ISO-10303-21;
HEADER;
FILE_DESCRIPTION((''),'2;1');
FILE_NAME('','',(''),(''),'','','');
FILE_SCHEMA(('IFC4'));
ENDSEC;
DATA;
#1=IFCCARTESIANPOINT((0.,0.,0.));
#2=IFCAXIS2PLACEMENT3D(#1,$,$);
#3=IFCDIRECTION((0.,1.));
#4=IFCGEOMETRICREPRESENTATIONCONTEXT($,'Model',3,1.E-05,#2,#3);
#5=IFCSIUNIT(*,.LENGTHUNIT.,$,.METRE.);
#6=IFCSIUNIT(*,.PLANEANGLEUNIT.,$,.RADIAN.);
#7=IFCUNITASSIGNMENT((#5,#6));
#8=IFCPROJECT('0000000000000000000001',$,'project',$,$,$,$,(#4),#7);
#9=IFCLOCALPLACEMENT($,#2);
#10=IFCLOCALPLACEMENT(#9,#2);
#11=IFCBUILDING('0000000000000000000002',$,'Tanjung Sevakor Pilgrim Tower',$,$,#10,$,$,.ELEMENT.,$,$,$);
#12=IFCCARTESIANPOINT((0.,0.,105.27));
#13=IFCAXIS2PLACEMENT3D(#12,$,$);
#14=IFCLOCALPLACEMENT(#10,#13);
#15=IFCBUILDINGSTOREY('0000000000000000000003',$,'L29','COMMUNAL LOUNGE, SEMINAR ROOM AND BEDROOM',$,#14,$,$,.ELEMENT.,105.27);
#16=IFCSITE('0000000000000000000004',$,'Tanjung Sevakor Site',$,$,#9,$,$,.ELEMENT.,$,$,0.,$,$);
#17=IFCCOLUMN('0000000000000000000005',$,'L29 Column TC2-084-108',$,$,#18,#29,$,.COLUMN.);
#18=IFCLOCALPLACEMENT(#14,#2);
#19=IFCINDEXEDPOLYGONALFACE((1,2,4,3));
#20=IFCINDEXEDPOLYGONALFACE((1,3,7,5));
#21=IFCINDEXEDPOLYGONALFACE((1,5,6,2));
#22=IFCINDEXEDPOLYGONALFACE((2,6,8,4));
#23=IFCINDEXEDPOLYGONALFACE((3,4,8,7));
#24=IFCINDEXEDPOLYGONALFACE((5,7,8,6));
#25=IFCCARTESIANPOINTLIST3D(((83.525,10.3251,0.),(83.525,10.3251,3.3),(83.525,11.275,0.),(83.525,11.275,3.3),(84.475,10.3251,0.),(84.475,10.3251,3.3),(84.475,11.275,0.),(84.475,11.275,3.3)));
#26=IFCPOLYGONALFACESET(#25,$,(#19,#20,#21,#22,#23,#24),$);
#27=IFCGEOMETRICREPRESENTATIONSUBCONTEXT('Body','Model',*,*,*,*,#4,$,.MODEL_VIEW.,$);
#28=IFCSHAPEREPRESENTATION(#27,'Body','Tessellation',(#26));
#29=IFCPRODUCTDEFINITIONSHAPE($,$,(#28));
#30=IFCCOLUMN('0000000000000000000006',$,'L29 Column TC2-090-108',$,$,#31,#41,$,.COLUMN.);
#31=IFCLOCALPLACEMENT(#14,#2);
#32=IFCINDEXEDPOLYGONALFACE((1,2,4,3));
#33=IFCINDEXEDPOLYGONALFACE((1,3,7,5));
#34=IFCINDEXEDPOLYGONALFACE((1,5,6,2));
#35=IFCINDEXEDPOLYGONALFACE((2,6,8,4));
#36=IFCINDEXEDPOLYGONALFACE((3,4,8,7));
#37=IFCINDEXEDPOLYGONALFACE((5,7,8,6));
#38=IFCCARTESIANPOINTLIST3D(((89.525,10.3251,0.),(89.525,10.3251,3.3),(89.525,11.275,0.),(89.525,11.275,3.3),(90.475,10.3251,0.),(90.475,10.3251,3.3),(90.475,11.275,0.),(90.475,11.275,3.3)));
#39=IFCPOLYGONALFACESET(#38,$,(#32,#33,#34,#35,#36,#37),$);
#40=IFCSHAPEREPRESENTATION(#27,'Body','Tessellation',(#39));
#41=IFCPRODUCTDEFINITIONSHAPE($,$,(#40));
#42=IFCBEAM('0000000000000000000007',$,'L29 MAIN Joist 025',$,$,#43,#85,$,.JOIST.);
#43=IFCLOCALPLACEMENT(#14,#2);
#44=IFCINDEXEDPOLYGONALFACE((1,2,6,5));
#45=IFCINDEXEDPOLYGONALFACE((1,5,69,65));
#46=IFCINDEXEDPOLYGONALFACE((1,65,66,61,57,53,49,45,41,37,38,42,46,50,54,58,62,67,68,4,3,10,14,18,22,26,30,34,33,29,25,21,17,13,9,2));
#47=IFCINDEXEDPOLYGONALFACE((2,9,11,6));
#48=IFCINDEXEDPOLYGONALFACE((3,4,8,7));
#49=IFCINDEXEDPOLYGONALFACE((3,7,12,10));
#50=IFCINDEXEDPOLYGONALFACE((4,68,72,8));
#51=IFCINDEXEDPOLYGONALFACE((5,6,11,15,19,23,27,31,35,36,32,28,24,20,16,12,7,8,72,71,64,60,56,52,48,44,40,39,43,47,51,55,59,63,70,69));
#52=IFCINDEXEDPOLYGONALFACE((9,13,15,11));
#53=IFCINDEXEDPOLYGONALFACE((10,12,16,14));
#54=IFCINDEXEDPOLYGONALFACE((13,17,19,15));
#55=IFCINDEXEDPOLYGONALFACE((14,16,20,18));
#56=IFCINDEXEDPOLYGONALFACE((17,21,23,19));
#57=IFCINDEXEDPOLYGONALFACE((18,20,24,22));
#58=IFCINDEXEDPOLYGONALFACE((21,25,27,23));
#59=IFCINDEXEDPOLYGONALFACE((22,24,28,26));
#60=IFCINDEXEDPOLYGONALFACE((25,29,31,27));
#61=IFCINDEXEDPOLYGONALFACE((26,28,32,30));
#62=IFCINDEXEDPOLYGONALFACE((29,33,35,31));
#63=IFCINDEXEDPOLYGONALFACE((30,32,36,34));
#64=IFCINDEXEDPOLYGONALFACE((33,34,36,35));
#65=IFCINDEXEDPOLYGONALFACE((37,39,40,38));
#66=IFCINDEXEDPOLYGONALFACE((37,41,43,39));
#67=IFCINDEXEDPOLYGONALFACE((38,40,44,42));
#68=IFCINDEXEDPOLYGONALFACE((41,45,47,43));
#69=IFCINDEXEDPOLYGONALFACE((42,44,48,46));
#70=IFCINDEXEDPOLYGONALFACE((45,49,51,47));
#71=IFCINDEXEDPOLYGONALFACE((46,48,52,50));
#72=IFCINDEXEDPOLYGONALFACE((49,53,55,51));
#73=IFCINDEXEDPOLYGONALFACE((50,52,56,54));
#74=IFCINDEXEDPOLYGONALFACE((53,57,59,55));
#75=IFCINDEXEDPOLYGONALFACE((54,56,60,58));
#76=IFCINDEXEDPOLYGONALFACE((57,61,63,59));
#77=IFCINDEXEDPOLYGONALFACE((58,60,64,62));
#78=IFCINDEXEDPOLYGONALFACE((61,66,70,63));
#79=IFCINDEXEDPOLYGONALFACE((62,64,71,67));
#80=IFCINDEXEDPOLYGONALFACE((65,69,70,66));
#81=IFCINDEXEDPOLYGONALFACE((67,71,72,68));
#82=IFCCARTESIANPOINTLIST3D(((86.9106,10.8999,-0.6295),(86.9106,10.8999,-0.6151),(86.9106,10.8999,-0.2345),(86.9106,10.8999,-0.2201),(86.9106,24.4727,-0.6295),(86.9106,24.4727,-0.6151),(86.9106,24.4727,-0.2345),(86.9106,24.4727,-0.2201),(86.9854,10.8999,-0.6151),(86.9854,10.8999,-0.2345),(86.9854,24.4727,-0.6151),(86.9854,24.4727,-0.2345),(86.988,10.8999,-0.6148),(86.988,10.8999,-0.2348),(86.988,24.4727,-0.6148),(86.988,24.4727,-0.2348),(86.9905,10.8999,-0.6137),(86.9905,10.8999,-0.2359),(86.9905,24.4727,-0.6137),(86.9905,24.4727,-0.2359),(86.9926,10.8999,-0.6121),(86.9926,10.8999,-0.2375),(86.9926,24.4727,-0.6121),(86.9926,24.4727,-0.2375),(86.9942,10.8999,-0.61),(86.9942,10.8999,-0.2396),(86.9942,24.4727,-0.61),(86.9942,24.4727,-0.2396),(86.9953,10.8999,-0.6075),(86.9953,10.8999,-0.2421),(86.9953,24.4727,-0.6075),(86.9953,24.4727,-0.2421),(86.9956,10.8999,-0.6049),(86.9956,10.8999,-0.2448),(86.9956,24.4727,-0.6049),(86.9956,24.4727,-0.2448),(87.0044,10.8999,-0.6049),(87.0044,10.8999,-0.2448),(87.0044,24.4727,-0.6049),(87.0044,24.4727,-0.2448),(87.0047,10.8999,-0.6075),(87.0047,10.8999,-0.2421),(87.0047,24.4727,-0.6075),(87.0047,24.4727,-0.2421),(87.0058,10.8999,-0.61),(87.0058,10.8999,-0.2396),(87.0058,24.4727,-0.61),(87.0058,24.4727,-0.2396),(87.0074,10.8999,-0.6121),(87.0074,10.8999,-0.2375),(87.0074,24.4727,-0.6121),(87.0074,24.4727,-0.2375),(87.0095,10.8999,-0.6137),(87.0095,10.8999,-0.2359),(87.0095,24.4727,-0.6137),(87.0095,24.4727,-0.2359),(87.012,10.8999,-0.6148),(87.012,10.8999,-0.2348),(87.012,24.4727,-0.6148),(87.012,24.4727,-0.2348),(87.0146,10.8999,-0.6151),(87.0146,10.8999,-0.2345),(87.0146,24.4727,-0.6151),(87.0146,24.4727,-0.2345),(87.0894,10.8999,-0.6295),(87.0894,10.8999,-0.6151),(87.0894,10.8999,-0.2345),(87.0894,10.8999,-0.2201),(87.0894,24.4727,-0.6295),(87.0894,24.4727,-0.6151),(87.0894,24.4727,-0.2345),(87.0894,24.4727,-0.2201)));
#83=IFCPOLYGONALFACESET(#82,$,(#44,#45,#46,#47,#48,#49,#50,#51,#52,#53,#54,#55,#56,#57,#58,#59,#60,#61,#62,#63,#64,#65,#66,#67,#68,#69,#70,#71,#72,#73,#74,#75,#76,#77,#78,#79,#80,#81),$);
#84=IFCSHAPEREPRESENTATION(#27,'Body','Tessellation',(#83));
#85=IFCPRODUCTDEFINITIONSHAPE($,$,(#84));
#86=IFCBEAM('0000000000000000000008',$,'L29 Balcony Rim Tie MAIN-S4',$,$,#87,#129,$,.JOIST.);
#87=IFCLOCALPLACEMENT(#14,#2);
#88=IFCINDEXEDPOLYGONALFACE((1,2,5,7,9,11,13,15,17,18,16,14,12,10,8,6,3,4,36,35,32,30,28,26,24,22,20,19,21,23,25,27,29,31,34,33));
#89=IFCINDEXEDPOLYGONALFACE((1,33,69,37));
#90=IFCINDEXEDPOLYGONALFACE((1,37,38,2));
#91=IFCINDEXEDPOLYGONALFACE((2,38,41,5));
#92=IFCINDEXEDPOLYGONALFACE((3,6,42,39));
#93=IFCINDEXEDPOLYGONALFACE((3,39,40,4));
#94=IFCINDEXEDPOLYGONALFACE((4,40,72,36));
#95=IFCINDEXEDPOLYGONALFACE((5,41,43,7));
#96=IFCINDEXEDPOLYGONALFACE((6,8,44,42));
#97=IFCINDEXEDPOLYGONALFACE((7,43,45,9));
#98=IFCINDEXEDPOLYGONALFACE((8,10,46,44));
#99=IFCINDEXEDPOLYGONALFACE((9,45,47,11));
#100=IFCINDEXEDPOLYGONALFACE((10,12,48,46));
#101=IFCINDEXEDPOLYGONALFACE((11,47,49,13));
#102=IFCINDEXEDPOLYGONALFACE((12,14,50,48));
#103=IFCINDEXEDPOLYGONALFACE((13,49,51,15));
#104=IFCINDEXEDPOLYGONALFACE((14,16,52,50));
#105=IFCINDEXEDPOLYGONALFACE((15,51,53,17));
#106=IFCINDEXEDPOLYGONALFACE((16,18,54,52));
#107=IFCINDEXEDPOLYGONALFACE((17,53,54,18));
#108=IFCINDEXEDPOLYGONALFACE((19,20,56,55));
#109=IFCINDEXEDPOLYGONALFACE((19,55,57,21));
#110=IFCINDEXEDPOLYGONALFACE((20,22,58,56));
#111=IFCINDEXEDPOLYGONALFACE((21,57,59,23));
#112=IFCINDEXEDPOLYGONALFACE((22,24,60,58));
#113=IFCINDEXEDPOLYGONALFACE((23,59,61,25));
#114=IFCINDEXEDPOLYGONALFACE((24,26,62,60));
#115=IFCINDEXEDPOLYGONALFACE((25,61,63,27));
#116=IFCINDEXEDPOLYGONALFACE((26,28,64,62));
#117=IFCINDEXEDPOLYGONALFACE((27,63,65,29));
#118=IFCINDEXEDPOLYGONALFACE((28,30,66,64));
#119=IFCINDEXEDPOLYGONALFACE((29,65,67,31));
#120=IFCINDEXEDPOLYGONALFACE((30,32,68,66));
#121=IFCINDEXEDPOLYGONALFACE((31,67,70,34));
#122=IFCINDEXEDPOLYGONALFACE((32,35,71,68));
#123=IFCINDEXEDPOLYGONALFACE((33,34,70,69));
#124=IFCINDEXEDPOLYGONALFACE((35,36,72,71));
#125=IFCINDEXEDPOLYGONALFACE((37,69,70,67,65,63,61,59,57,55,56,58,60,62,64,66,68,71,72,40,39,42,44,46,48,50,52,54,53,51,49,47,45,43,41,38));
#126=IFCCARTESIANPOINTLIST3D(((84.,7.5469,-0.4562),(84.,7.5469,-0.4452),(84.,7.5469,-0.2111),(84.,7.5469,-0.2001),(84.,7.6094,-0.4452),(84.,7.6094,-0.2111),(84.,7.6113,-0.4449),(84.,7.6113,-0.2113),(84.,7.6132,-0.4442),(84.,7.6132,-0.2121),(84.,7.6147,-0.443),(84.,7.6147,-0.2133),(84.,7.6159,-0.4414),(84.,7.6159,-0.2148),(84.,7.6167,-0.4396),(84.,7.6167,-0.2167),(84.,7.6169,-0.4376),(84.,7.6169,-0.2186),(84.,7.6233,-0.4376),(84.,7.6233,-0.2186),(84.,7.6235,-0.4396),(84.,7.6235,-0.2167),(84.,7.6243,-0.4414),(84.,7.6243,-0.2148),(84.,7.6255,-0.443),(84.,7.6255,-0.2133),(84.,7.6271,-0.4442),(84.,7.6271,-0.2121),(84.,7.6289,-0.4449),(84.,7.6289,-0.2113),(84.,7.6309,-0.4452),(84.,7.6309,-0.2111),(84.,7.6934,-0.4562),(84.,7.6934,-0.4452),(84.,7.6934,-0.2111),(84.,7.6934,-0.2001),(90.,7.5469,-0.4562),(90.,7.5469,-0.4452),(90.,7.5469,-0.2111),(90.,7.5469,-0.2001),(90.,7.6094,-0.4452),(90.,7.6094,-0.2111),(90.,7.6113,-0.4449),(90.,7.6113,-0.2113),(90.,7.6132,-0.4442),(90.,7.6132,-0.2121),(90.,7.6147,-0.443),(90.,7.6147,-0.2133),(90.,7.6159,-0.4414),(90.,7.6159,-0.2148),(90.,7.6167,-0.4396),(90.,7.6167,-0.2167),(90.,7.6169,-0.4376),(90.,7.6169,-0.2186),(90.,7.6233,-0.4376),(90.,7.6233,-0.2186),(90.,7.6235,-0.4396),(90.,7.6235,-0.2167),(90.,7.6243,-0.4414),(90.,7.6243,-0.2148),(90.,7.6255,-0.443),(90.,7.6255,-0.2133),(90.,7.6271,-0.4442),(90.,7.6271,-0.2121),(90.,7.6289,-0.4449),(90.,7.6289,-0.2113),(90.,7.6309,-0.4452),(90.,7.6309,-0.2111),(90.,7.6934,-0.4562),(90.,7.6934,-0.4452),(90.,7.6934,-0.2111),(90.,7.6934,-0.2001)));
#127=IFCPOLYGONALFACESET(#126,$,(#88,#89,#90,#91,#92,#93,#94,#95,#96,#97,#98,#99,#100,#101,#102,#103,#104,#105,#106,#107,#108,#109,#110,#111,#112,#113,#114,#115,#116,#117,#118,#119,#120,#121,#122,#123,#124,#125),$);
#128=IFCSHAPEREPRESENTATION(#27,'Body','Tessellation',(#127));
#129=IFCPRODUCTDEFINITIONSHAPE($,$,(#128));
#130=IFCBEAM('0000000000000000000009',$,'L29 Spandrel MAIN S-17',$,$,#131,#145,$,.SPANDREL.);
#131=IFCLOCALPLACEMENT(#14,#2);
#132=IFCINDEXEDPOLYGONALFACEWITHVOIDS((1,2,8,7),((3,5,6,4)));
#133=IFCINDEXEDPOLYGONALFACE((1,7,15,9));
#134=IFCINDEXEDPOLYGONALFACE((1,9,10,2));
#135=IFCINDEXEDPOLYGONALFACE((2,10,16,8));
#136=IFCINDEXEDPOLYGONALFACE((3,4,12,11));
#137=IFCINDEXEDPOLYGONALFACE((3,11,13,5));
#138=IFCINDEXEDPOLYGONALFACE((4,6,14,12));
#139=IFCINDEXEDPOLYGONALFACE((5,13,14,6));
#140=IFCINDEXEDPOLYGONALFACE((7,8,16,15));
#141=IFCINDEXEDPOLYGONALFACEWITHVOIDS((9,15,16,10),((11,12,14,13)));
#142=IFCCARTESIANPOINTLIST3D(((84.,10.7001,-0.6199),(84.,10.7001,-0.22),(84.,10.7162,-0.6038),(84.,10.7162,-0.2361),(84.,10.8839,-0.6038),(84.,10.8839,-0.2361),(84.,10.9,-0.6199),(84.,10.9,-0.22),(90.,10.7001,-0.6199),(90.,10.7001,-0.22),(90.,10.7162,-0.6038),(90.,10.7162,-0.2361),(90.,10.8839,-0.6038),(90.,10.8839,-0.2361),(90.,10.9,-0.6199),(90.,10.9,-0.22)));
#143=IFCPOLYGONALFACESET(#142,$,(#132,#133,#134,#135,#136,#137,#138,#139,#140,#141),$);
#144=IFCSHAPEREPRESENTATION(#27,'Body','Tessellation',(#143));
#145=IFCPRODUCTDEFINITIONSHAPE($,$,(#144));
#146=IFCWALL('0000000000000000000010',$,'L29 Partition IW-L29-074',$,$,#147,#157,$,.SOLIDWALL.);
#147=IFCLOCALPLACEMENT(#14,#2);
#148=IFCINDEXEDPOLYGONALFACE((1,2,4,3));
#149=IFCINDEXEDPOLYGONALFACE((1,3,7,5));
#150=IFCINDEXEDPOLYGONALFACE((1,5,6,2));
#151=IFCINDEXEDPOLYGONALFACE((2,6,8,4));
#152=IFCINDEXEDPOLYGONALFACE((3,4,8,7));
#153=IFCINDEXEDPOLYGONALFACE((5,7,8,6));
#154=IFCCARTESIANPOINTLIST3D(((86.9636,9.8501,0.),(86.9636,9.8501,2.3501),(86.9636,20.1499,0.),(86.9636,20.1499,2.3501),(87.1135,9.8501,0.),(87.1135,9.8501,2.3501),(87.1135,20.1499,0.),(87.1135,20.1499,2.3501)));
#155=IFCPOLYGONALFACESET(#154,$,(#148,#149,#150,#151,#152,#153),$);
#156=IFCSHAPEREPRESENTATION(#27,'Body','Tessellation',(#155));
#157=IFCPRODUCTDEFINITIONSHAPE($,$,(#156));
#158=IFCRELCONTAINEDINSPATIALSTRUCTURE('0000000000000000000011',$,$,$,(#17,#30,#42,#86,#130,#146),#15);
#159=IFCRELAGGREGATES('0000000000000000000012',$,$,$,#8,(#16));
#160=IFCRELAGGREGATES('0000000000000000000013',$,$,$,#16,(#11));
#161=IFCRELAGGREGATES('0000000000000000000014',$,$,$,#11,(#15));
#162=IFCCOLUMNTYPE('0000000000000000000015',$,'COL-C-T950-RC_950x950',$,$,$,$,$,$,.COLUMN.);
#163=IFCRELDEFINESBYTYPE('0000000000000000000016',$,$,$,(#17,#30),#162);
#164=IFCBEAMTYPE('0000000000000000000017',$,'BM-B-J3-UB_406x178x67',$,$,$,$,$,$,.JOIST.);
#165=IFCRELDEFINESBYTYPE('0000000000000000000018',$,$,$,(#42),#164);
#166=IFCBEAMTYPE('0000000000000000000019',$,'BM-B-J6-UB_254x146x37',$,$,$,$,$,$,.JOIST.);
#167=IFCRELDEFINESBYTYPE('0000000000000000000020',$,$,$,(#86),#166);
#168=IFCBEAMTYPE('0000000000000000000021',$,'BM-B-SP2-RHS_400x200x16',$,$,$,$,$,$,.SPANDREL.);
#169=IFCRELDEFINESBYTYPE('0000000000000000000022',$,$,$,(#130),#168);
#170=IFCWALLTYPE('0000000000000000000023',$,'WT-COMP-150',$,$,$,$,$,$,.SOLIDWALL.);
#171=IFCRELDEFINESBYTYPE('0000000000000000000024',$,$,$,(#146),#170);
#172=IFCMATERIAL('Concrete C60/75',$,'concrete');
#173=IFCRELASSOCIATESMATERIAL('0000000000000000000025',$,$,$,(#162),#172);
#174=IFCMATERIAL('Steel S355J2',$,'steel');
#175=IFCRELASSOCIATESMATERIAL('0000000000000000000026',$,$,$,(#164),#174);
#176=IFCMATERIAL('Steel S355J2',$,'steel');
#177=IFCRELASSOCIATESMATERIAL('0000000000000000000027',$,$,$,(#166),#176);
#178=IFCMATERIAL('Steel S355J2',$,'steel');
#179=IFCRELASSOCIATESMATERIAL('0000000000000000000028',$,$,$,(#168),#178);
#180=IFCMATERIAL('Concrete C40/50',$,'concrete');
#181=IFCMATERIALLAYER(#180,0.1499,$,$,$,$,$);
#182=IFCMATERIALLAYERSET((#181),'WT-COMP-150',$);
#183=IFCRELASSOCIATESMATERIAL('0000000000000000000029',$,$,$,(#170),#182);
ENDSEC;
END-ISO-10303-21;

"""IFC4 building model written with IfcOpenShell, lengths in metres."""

from ifc_helpers import new_model, si_unit, direction, frame, frame_2d, origin, origin_2d, place, context, subcontext, project, spatial, rectangle, hollow_rectangle, i_section, extrude, material, layer, layer_set, material_profile, profile_set, type_object, element, save


model = new_model("IFC4")

# Units and contexts
model_context = context("Model", 3, precision=1e-05, world=origin(), true_north=direction((0.0, 1.0)))
body_context = subcontext(model_context, "Body", "Model", "MODEL_VIEW")
ifc_project = project(units=[si_unit("LENGTHUNIT", "METRE"), si_unit("PLANEANGLEUNIT", "RADIAN")], contexts=[model_context])

# Site, building, storey
site_placement = place(None, origin())
site = spatial("IfcSite", under=ifc_project, at=site_placement, Name="Tanjung Sevakor Site", CompositionType="ELEMENT", RefElevation=0.0)
building_placement = place(site_placement, origin())
building = spatial("IfcBuilding", under=site, at=building_placement, Name="Tanjung Sevakor Pilgrim Tower", CompositionType="ELEMENT")
storey_placement = place(building_placement, frame((0.0, 0.0, 105.27)))
storey = spatial("IfcBuildingStorey", under=building, at=storey_placement, Name="L29", Description="COMMUNAL LOUNGE, SEMINAR ROOM AND BEDROOM", CompositionType="ELEMENT", Elevation=105.27)

# Columns
ifc_material_1 = material(Name="Concrete C60/75", Category="concrete")
ifc_material_profile_1 = material_profile(ifc_material_1, rectangle(XDim=0.95, YDim=0.95, at=origin_2d()))
ifc_profile_set_1 = profile_set([ifc_material_profile_1], Name="Concrete C60/75")
column_type = type_object("IfcColumnType", Name="COL-C-T950-RC_950x950", PredefinedType="COLUMN", material=ifc_profile_set_1)
for number, where, z_axis, x_axis, name in (
    (1, (84.0, 10.8, 0.0), (0.0, 0.0, 1.0), (1.0, 0.0, 0.0), "L29 Column TC2-084-108"),
    (2, (90.0, 10.8, 0.0), (0.0, 0.0, 1.0), (1.0, 0.0, 0.0), "L29 Column TC2-090-108"),
):
    element("IfcColumn", number, at=place(storey_placement, frame(where, z_axis=z_axis, x_axis=x_axis)), inside=storey, type_object=column_type, Name=name, PredefinedType="COLUMN", context=body_context, shape_type="SweptSolid", body=[
        extrude(rectangle(XDim=0.95, YDim=0.95, at=origin_2d()), origin(), (0.0, 0.0, 1.0), 3.3),
    ])

# Beams
ifc_material_2 = material(Name="Steel S355J2", Category="steel")
ifc_material_profile_2 = material_profile(ifc_material_2, i_section(OverallWidth=0.1787, OverallDepth=0.4094, WebThickness=0.0088, FlangeThickness=0.0144, FilletRadius=0.0103, at=origin_2d()))
ifc_profile_set_2 = profile_set([ifc_material_profile_2], Name="Steel S355J2")
beam_type_1 = type_object("IfcBeamType", Name="BM-B-J3-UB_406x178x67", PredefinedType="JOIST", material=ifc_profile_set_2)
beam_1_placement = place(storey_placement, frame((87.0, 10.8999, -0.4248), z_axis=(0.0, 1.0, 0.0), x_axis=(-1.0, 0.0, 0.0)))
element("IfcBeam", 3, at=beam_1_placement, inside=storey, type_object=beam_type_1, Name="L29 MAIN Joist 025", PredefinedType="JOIST", context=body_context, shape_type="SweptSolid", body=[
    extrude(i_section(OverallWidth=0.1787, OverallDepth=0.4094, WebThickness=0.0088, FlangeThickness=0.0144, FilletRadius=0.0103, at=origin_2d()), origin(), (0.0, 0.0, 1.0), 13.5728),
])
ifc_material_3 = material(Name="Steel S355J2", Category="steel")
ifc_material_profile_3 = material_profile(ifc_material_3, i_section(OverallWidth=0.1465, OverallDepth=0.2561, WebThickness=0.0063, FlangeThickness=0.011, FilletRadius=0.0076, at=origin_2d()))
ifc_profile_set_3 = profile_set([ifc_material_profile_3], Name="Steel S355J2")
beam_type_2 = type_object("IfcBeamType", Name="BM-B-J6-UB_254x146x37", PredefinedType="JOIST", material=ifc_profile_set_3)
beam_2_placement = place(storey_placement, frame((84.0, 7.6201, -0.3281), z_axis=(1.0, 0.0, 0.0), x_axis=(0.0, 1.0, 0.0)))
element("IfcBeam", 4, at=beam_2_placement, inside=storey, type_object=beam_type_2, Name="L29 Balcony Rim Tie MAIN-S4", PredefinedType="JOIST", context=body_context, shape_type="SweptSolid", body=[
    extrude(i_section(OverallWidth=0.1465, OverallDepth=0.2561, WebThickness=0.0063, FlangeThickness=0.011, FilletRadius=0.0076, at=origin_2d()), origin(), (0.0, 0.0, 1.0), 6.0),
])
ifc_material_4 = material(Name="Steel S355J2", Category="steel")
ifc_material_profile_4 = material_profile(ifc_material_4, hollow_rectangle(XDim=0.2, YDim=0.3999, WallThickness=0.0161, at=origin_2d()))
ifc_profile_set_4 = profile_set([ifc_material_profile_4], Name="Steel S355J2")
beam_type_3 = type_object("IfcBeamType", Name="BM-B-SP2-RHS_400x200x16", PredefinedType="SPANDREL", material=ifc_profile_set_4)
beam_3_placement = place(storey_placement, frame((84.0, 10.8, -0.4199), z_axis=(1.0, 0.0, 0.0), x_axis=(0.0, 1.0, 0.0)))
element("IfcBeam", 5, at=beam_3_placement, inside=storey, type_object=beam_type_3, Name="L29 Spandrel MAIN S-17", PredefinedType="SPANDREL", context=body_context, shape_type="SweptSolid", body=[
    extrude(hollow_rectangle(XDim=0.2, YDim=0.3999, WallThickness=0.0161, at=origin_2d()), origin(), (0.0, 0.0, 1.0), 6.0),
])

# Wall
ifc_material_5 = material(Name="Concrete C40/50", Category="concrete")
ifc_layer_1 = layer(ifc_material_5, 0.1499)
ifc_layer_set_1 = layer_set([ifc_layer_1], Name="WT-COMP-150")
wall_type_1 = type_object("IfcWallType", Name="WT-COMP-150", PredefinedType="SOLIDWALL", material=ifc_layer_set_1)
wall_1_placement = place(storey_placement, frame((87.0386, 9.8501, 0.0), z_axis=(0.0, 0.0, 1.0), x_axis=(0.0, 1.0, 0.0)))
element("IfcWall", 6, at=wall_1_placement, inside=storey, type_object=wall_type_1, Name="L29 Partition IW-L29-074", PredefinedType="SOLIDWALL", context=body_context, shape_type="SweptSolid", body=[
    extrude(rectangle(XDim=10.2998, YDim=0.1499, at=frame_2d((5.1499, 0.0))), origin(), (0.0, 0.0, 1.0), 2.3501),
])

save(model, "model.ifc")
